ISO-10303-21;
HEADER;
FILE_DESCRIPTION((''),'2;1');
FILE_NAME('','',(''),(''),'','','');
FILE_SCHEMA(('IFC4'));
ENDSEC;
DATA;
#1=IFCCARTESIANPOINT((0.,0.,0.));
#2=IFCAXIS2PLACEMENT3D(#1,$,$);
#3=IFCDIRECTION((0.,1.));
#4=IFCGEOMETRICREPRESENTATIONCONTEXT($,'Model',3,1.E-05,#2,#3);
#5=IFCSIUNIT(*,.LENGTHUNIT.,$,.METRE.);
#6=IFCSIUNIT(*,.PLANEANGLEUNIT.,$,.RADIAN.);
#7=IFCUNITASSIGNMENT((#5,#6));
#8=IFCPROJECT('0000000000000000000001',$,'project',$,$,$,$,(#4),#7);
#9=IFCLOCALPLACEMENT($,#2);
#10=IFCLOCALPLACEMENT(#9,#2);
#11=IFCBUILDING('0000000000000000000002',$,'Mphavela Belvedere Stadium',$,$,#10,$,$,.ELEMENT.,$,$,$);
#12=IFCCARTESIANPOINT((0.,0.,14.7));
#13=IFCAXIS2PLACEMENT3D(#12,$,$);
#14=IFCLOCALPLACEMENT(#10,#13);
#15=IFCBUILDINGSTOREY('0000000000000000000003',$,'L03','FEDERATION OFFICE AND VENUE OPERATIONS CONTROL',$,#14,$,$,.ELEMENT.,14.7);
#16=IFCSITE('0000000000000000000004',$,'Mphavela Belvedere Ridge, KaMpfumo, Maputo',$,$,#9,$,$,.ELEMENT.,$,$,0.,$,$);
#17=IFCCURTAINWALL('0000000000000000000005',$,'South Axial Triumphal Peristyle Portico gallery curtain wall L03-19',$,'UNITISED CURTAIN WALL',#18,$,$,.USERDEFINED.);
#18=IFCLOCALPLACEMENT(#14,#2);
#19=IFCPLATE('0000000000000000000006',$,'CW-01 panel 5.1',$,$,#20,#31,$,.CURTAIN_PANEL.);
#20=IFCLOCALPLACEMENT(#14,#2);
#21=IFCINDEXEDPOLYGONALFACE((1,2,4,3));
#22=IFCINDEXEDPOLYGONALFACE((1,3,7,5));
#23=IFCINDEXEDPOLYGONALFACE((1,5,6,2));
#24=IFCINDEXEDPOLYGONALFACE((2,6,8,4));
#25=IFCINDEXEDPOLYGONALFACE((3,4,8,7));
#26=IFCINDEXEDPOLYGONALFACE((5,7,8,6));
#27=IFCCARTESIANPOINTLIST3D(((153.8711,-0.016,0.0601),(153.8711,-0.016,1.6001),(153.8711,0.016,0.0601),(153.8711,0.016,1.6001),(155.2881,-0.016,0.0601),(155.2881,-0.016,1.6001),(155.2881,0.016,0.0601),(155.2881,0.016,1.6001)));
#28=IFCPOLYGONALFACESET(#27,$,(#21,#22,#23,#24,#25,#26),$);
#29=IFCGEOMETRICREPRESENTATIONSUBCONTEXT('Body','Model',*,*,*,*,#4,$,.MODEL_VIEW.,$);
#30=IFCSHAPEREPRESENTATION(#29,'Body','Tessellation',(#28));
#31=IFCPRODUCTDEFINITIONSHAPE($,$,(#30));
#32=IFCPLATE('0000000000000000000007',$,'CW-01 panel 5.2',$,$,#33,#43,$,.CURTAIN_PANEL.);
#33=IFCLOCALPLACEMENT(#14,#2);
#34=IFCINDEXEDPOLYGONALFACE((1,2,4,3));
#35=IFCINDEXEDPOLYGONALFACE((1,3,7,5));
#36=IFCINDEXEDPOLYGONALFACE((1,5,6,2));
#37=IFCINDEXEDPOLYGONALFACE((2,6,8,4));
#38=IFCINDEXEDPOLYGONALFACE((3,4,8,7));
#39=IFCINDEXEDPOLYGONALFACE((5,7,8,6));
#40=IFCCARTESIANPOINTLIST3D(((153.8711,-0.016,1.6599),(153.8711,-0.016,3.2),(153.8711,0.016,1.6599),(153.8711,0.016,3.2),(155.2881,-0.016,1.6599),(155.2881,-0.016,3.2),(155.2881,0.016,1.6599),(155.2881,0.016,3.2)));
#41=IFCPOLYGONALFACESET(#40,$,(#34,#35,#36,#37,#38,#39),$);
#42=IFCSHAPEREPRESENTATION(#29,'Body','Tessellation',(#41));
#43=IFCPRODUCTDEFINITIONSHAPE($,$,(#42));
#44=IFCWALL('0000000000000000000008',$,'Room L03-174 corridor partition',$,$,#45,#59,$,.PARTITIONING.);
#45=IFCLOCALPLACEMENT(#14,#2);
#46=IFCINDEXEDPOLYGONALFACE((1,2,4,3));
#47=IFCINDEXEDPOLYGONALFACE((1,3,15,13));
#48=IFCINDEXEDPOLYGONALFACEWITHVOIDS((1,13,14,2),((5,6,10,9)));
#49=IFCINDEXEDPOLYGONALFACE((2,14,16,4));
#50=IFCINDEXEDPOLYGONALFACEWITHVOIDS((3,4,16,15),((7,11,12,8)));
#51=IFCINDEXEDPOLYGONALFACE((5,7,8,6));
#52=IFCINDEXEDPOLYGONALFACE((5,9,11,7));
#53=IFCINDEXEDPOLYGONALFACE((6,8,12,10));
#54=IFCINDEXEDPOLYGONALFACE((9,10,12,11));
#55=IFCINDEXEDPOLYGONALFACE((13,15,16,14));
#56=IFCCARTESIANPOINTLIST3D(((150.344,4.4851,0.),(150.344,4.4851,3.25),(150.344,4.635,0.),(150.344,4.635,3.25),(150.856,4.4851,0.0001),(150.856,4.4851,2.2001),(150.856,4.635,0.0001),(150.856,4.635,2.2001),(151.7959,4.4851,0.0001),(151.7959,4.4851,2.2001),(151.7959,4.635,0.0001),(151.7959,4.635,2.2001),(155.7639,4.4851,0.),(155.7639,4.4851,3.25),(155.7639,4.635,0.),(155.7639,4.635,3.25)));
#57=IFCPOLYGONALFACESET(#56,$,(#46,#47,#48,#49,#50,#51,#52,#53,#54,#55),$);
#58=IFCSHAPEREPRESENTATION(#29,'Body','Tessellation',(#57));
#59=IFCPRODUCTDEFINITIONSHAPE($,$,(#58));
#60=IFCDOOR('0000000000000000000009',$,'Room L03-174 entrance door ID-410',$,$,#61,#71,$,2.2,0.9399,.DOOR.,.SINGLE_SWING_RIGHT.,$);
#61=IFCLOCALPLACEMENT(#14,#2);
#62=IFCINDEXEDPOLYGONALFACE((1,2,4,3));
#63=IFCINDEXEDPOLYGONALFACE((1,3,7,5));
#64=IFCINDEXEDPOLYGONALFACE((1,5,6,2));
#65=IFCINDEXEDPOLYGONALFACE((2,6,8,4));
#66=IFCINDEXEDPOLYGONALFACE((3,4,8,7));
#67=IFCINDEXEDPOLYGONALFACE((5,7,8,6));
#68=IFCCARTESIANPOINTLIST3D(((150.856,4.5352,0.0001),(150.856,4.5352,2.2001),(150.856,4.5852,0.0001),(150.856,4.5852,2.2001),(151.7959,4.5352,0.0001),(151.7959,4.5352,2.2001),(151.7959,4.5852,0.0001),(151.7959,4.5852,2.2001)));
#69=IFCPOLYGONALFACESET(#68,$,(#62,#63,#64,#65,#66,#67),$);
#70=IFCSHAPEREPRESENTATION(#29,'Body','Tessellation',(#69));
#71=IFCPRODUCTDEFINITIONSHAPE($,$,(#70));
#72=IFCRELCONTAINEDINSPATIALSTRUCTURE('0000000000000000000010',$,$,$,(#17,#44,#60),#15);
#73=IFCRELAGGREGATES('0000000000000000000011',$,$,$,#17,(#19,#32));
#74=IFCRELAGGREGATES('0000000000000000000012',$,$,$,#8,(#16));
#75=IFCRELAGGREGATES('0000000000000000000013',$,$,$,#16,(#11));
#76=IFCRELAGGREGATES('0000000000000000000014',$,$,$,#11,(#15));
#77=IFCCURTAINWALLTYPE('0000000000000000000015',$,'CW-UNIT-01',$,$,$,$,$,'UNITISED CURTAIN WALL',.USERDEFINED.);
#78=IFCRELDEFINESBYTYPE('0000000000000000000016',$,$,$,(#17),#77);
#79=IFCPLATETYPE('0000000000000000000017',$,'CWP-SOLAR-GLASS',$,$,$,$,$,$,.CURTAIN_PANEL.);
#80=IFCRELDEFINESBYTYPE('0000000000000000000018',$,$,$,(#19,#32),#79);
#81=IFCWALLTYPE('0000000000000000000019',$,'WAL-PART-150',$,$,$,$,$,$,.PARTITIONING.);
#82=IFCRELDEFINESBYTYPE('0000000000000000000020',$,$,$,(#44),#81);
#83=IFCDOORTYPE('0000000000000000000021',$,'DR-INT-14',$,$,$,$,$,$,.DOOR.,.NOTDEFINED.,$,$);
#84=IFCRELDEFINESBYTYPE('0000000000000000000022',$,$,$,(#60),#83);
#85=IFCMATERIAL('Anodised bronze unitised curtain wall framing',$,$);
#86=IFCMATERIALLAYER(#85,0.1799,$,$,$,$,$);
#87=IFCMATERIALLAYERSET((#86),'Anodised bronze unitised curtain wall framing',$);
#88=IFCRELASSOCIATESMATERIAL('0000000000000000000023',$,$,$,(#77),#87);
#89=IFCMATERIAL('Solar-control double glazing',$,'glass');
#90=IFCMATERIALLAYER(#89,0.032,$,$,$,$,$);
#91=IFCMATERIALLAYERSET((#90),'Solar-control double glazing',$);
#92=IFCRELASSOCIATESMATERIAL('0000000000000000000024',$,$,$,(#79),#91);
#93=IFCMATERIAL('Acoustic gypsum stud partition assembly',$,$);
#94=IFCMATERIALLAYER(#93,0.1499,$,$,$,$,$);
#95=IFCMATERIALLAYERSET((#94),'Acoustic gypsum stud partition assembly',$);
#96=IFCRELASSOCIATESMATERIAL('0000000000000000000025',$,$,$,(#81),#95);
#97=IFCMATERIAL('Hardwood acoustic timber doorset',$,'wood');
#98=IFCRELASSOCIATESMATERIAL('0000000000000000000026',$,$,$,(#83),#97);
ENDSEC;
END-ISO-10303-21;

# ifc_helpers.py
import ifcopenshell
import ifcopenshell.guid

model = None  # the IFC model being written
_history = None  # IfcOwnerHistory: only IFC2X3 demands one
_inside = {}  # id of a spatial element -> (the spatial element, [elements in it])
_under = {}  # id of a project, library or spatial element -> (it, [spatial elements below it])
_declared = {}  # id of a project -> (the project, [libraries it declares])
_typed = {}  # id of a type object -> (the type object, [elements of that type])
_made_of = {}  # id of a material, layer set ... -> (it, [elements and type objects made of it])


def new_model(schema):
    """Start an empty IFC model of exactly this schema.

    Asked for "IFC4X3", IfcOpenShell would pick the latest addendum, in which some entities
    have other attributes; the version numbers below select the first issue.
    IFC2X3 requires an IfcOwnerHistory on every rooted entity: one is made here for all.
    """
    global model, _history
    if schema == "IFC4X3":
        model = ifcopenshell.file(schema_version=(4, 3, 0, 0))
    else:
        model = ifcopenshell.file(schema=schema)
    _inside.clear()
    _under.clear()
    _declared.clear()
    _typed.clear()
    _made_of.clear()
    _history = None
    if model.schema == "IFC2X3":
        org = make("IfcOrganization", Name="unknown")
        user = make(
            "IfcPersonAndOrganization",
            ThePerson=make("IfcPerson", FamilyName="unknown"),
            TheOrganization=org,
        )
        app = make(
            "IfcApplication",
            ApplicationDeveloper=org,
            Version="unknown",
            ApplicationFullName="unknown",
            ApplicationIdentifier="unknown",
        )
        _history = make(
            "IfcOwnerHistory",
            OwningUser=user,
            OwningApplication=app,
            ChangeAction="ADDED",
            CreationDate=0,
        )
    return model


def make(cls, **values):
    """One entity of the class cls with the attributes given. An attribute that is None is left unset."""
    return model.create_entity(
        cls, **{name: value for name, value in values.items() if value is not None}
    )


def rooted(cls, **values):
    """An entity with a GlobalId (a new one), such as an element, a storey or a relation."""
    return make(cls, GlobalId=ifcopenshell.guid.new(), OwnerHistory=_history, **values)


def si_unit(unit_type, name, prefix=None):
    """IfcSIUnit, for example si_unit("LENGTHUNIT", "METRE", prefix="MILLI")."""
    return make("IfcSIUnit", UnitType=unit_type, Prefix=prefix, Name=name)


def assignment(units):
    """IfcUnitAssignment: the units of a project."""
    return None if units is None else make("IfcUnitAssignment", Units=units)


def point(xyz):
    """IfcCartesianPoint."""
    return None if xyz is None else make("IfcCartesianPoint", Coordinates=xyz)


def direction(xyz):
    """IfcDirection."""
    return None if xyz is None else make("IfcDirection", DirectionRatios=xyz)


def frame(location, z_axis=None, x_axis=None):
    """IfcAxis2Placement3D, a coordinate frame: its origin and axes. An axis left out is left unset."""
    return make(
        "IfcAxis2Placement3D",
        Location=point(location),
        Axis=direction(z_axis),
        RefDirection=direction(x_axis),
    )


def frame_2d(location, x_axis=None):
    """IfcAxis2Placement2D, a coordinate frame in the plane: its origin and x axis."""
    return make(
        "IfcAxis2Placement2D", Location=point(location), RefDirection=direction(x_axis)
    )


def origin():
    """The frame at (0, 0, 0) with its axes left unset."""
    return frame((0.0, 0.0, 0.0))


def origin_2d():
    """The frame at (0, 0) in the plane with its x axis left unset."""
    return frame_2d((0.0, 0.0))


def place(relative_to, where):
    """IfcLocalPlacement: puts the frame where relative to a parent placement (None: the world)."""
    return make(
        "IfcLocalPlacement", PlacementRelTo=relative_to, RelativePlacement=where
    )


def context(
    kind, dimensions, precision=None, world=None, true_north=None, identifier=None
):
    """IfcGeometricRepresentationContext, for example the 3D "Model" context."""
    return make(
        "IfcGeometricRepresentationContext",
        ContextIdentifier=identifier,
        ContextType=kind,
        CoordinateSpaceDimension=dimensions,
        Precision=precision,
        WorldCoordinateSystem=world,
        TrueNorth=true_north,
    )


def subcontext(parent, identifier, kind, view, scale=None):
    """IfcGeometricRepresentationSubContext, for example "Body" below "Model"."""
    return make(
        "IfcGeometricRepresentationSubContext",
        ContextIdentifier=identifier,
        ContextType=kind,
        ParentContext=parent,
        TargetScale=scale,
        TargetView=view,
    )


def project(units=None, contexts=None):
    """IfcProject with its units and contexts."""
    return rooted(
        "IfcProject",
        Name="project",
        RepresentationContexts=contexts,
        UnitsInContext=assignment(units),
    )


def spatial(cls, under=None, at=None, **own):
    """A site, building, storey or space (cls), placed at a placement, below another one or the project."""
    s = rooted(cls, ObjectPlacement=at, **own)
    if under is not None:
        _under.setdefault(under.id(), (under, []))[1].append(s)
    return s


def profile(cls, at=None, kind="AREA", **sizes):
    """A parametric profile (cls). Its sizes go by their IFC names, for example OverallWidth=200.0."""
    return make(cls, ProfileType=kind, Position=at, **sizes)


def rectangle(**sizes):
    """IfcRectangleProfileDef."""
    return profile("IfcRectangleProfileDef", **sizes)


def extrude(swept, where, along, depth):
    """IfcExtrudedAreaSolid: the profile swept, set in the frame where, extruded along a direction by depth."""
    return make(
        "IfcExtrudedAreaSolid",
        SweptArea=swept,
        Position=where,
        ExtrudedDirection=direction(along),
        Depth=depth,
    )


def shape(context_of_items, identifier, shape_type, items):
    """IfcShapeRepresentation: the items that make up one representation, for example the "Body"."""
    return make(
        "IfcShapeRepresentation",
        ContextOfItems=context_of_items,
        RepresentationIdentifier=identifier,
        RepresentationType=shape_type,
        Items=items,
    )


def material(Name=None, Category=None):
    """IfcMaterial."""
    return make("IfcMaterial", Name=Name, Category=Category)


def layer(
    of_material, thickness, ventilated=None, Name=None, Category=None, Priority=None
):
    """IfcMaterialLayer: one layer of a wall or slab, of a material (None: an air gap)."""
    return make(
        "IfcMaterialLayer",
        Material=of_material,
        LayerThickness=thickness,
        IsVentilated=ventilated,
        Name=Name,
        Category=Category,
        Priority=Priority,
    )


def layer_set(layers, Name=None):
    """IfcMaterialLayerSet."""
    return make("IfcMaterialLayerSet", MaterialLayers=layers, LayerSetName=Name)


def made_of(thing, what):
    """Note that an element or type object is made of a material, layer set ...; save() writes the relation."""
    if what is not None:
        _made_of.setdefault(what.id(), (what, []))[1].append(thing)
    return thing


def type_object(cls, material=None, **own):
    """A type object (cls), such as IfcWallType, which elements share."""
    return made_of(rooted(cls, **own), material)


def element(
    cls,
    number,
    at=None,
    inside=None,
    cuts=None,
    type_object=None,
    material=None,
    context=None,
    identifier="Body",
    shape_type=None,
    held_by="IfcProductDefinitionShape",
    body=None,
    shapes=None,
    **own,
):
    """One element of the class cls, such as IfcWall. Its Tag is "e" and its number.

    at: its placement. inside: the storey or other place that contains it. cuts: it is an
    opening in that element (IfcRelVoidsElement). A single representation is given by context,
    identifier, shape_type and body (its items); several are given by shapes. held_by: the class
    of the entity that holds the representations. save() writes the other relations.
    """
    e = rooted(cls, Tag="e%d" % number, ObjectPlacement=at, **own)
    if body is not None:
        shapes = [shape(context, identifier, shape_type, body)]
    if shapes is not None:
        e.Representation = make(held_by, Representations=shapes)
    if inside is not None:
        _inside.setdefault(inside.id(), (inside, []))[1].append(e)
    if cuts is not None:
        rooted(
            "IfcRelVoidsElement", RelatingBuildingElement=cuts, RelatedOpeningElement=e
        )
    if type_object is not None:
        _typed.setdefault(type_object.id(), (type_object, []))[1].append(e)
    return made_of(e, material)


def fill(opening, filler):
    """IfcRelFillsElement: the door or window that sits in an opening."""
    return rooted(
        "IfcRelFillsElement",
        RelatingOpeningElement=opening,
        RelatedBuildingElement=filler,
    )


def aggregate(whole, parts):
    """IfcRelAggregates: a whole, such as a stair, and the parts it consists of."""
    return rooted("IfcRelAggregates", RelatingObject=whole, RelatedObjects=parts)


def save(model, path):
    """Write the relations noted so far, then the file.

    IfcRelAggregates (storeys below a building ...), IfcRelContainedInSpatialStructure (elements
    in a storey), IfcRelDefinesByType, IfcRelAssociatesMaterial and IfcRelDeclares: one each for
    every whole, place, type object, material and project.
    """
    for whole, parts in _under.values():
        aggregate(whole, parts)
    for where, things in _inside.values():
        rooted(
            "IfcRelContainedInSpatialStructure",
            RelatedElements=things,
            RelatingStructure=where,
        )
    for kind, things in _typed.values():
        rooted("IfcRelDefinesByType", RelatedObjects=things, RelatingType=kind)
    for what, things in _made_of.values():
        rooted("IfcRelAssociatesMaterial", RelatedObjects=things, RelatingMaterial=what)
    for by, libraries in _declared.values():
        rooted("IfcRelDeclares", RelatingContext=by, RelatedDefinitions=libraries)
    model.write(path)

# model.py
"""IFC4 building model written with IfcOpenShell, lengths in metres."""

from ifc_helpers import new_model, si_unit, direction, frame, frame_2d, origin, origin_2d, place, context, subcontext, project, spatial, rectangle, extrude, material, layer, layer_set, type_object, element, fill, aggregate, save


model = new_model("IFC4")

# Units and contexts
model_context = context("Model", 3, precision=1e-05, world=origin(), true_north=direction((0.0, 1.0)))
body_context = subcontext(model_context, "Body", "Model", "MODEL_VIEW")
ifc_project = project(units=[si_unit("LENGTHUNIT", "METRE"), si_unit("PLANEANGLEUNIT", "RADIAN")], contexts=[model_context])

# Site, building, storey
site_placement = place(None, origin())
site = spatial("IfcSite", under=ifc_project, at=site_placement, Name="Mphavela Belvedere Ridge, KaMpfumo, Maputo", CompositionType="ELEMENT", RefElevation=0.0)
building_placement = place(site_placement, origin())
building = spatial("IfcBuilding", under=site, at=building_placement, Name="Mphavela Belvedere Stadium", CompositionType="ELEMENT")
storey_placement = place(building_placement, frame((0.0, 0.0, 14.7)))
storey = spatial("IfcBuildingStorey", under=building, at=storey_placement, Name="L03", Description="FEDERATION OFFICE AND VENUE OPERATIONS CONTROL", CompositionType="ELEMENT", Elevation=14.7)

# Curtain wall, plates
ifc_material_1 = material(Name="Anodised bronze unitised curtain wall framing")
ifc_layer_1 = layer(ifc_material_1, 0.1799)
ifc_layer_set_1 = layer_set([ifc_layer_1], Name="Anodised bronze unitised curtain wall framing")
curtain_wall_type = type_object("IfcCurtainWallType", Name="CW-UNIT-01", ElementType="UNITISED CURTAIN WALL", PredefinedType="USERDEFINED", material=ifc_layer_set_1)
curtain_wall_placement = place(storey_placement, origin())
curtain_wall = element("IfcCurtainWall", 1, at=curtain_wall_placement, inside=storey, type_object=curtain_wall_type, Name="South Axial Triumphal Peristyle Portico gallery curtain wall L03-19", ObjectType="UNITISED CURTAIN WALL", PredefinedType="USERDEFINED")
ifc_material_2 = material(Name="Solar-control double glazing", Category="glass")
ifc_layer_2 = layer(ifc_material_2, 0.032)
ifc_layer_set_2 = layer_set([ifc_layer_2], Name="Solar-control double glazing")
plate_type = type_object("IfcPlateType", Name="CWP-SOLAR-GLASS", PredefinedType="CURTAIN_PANEL", material=ifc_layer_set_2)
plate_1_placement = place(storey_placement, frame((154.5796, 0.0, 0.0601), z_axis=(0.0, 0.0, 1.0), x_axis=(-1.0, 0.0, 0.0)))
plate_1 = element("IfcPlate", 2, at=plate_1_placement, type_object=plate_type, Name="CW-01 panel 5.1", PredefinedType="CURTAIN_PANEL", context=body_context, shape_type="SweptSolid", body=[
    extrude(rectangle(XDim=1.417, YDim=0.032, at=origin_2d()), origin(), (0.0, 0.0, 1.0), 1.54),
])
plate_2_placement = place(storey_placement, frame((154.5796, 0.0, 1.6599), z_axis=(0.0, 0.0, 1.0), x_axis=(-1.0, 0.0, 0.0)))
plate_2 = element("IfcPlate", 3, at=plate_2_placement, type_object=plate_type, Name="CW-01 panel 5.2", PredefinedType="CURTAIN_PANEL", context=body_context, shape_type="SweptSolid", body=[
    extrude(rectangle(XDim=1.417, YDim=0.032, at=origin_2d()), origin(), (0.0, 0.0, 1.0), 1.54),
])
aggregate(curtain_wall, [plate_1, plate_2])

# Wall, opening, door
ifc_material_3 = material(Name="Acoustic gypsum stud partition assembly")
ifc_layer_3 = layer(ifc_material_3, 0.1499)
ifc_layer_set_3 = layer_set([ifc_layer_3], Name="Acoustic gypsum stud partition assembly")
wall_type = type_object("IfcWallType", Name="WAL-PART-150", PredefinedType="PARTITIONING", material=ifc_layer_set_3)
wall_placement = place(storey_placement, frame((155.7639, 4.5601, 0.0), z_axis=(0.0, 0.0, 1.0), x_axis=(-1.0, 0.0, 0.0)))
wall = element("IfcWall", 4, at=wall_placement, inside=storey, type_object=wall_type, Name="Room L03-174 corridor partition", PredefinedType="PARTITIONING", context=body_context, shape_type="SweptSolid", body=[
    extrude(rectangle(XDim=5.4199, YDim=0.1499, at=frame_2d((2.71, 0.0))), origin(), (0.0, 0.0, 1.0), 3.25),
])
opening_placement = place(wall_placement, frame((3.968, 0.0, 0.0)))
opening = element("IfcOpeningElement", 5, at=opening_placement, cuts=wall, PredefinedType="OPENING", context=body_context, shape_type="SweptSolid", body=[
    extrude(rectangle(XDim=0.9399, YDim=2.2, at=frame_2d((0.47, 1.1001))), frame((0.0, 0.085, 0.0), z_axis=(0.0, -1.0, 0.0), x_axis=(1.0, 0.0, 0.0)), (0.0, 0.0, 1.0), 0.1699),
])
ifc_material_4 = material(Name="Hardwood acoustic timber doorset", Category="wood")
door_type = type_object("IfcDoorType", Name="DR-INT-14", OperationType="NOTDEFINED", PredefinedType="DOOR", material=ifc_material_4)
door_placement = place(opening_placement, origin())
door = element("IfcDoor", 6, at=door_placement, inside=storey, type_object=door_type, Name="Room L03-174 entrance door ID-410", OperationType="SINGLE_SWING_RIGHT", OverallHeight=2.2, OverallWidth=0.9399, PredefinedType="DOOR", context=body_context, shape_type="SweptSolid", body=[
    extrude(rectangle(XDim=0.9399, YDim=2.2, at=frame_2d((0.47, 1.1001))), frame((0.0, 0.0249, 0.0), z_axis=(0.0, -1.0, 0.0), x_axis=(1.0, 0.0, 0.0)), (0.0, 0.0, 1.0), 0.05),
])
fill(opening, door)

save(model, "model.ifc")
